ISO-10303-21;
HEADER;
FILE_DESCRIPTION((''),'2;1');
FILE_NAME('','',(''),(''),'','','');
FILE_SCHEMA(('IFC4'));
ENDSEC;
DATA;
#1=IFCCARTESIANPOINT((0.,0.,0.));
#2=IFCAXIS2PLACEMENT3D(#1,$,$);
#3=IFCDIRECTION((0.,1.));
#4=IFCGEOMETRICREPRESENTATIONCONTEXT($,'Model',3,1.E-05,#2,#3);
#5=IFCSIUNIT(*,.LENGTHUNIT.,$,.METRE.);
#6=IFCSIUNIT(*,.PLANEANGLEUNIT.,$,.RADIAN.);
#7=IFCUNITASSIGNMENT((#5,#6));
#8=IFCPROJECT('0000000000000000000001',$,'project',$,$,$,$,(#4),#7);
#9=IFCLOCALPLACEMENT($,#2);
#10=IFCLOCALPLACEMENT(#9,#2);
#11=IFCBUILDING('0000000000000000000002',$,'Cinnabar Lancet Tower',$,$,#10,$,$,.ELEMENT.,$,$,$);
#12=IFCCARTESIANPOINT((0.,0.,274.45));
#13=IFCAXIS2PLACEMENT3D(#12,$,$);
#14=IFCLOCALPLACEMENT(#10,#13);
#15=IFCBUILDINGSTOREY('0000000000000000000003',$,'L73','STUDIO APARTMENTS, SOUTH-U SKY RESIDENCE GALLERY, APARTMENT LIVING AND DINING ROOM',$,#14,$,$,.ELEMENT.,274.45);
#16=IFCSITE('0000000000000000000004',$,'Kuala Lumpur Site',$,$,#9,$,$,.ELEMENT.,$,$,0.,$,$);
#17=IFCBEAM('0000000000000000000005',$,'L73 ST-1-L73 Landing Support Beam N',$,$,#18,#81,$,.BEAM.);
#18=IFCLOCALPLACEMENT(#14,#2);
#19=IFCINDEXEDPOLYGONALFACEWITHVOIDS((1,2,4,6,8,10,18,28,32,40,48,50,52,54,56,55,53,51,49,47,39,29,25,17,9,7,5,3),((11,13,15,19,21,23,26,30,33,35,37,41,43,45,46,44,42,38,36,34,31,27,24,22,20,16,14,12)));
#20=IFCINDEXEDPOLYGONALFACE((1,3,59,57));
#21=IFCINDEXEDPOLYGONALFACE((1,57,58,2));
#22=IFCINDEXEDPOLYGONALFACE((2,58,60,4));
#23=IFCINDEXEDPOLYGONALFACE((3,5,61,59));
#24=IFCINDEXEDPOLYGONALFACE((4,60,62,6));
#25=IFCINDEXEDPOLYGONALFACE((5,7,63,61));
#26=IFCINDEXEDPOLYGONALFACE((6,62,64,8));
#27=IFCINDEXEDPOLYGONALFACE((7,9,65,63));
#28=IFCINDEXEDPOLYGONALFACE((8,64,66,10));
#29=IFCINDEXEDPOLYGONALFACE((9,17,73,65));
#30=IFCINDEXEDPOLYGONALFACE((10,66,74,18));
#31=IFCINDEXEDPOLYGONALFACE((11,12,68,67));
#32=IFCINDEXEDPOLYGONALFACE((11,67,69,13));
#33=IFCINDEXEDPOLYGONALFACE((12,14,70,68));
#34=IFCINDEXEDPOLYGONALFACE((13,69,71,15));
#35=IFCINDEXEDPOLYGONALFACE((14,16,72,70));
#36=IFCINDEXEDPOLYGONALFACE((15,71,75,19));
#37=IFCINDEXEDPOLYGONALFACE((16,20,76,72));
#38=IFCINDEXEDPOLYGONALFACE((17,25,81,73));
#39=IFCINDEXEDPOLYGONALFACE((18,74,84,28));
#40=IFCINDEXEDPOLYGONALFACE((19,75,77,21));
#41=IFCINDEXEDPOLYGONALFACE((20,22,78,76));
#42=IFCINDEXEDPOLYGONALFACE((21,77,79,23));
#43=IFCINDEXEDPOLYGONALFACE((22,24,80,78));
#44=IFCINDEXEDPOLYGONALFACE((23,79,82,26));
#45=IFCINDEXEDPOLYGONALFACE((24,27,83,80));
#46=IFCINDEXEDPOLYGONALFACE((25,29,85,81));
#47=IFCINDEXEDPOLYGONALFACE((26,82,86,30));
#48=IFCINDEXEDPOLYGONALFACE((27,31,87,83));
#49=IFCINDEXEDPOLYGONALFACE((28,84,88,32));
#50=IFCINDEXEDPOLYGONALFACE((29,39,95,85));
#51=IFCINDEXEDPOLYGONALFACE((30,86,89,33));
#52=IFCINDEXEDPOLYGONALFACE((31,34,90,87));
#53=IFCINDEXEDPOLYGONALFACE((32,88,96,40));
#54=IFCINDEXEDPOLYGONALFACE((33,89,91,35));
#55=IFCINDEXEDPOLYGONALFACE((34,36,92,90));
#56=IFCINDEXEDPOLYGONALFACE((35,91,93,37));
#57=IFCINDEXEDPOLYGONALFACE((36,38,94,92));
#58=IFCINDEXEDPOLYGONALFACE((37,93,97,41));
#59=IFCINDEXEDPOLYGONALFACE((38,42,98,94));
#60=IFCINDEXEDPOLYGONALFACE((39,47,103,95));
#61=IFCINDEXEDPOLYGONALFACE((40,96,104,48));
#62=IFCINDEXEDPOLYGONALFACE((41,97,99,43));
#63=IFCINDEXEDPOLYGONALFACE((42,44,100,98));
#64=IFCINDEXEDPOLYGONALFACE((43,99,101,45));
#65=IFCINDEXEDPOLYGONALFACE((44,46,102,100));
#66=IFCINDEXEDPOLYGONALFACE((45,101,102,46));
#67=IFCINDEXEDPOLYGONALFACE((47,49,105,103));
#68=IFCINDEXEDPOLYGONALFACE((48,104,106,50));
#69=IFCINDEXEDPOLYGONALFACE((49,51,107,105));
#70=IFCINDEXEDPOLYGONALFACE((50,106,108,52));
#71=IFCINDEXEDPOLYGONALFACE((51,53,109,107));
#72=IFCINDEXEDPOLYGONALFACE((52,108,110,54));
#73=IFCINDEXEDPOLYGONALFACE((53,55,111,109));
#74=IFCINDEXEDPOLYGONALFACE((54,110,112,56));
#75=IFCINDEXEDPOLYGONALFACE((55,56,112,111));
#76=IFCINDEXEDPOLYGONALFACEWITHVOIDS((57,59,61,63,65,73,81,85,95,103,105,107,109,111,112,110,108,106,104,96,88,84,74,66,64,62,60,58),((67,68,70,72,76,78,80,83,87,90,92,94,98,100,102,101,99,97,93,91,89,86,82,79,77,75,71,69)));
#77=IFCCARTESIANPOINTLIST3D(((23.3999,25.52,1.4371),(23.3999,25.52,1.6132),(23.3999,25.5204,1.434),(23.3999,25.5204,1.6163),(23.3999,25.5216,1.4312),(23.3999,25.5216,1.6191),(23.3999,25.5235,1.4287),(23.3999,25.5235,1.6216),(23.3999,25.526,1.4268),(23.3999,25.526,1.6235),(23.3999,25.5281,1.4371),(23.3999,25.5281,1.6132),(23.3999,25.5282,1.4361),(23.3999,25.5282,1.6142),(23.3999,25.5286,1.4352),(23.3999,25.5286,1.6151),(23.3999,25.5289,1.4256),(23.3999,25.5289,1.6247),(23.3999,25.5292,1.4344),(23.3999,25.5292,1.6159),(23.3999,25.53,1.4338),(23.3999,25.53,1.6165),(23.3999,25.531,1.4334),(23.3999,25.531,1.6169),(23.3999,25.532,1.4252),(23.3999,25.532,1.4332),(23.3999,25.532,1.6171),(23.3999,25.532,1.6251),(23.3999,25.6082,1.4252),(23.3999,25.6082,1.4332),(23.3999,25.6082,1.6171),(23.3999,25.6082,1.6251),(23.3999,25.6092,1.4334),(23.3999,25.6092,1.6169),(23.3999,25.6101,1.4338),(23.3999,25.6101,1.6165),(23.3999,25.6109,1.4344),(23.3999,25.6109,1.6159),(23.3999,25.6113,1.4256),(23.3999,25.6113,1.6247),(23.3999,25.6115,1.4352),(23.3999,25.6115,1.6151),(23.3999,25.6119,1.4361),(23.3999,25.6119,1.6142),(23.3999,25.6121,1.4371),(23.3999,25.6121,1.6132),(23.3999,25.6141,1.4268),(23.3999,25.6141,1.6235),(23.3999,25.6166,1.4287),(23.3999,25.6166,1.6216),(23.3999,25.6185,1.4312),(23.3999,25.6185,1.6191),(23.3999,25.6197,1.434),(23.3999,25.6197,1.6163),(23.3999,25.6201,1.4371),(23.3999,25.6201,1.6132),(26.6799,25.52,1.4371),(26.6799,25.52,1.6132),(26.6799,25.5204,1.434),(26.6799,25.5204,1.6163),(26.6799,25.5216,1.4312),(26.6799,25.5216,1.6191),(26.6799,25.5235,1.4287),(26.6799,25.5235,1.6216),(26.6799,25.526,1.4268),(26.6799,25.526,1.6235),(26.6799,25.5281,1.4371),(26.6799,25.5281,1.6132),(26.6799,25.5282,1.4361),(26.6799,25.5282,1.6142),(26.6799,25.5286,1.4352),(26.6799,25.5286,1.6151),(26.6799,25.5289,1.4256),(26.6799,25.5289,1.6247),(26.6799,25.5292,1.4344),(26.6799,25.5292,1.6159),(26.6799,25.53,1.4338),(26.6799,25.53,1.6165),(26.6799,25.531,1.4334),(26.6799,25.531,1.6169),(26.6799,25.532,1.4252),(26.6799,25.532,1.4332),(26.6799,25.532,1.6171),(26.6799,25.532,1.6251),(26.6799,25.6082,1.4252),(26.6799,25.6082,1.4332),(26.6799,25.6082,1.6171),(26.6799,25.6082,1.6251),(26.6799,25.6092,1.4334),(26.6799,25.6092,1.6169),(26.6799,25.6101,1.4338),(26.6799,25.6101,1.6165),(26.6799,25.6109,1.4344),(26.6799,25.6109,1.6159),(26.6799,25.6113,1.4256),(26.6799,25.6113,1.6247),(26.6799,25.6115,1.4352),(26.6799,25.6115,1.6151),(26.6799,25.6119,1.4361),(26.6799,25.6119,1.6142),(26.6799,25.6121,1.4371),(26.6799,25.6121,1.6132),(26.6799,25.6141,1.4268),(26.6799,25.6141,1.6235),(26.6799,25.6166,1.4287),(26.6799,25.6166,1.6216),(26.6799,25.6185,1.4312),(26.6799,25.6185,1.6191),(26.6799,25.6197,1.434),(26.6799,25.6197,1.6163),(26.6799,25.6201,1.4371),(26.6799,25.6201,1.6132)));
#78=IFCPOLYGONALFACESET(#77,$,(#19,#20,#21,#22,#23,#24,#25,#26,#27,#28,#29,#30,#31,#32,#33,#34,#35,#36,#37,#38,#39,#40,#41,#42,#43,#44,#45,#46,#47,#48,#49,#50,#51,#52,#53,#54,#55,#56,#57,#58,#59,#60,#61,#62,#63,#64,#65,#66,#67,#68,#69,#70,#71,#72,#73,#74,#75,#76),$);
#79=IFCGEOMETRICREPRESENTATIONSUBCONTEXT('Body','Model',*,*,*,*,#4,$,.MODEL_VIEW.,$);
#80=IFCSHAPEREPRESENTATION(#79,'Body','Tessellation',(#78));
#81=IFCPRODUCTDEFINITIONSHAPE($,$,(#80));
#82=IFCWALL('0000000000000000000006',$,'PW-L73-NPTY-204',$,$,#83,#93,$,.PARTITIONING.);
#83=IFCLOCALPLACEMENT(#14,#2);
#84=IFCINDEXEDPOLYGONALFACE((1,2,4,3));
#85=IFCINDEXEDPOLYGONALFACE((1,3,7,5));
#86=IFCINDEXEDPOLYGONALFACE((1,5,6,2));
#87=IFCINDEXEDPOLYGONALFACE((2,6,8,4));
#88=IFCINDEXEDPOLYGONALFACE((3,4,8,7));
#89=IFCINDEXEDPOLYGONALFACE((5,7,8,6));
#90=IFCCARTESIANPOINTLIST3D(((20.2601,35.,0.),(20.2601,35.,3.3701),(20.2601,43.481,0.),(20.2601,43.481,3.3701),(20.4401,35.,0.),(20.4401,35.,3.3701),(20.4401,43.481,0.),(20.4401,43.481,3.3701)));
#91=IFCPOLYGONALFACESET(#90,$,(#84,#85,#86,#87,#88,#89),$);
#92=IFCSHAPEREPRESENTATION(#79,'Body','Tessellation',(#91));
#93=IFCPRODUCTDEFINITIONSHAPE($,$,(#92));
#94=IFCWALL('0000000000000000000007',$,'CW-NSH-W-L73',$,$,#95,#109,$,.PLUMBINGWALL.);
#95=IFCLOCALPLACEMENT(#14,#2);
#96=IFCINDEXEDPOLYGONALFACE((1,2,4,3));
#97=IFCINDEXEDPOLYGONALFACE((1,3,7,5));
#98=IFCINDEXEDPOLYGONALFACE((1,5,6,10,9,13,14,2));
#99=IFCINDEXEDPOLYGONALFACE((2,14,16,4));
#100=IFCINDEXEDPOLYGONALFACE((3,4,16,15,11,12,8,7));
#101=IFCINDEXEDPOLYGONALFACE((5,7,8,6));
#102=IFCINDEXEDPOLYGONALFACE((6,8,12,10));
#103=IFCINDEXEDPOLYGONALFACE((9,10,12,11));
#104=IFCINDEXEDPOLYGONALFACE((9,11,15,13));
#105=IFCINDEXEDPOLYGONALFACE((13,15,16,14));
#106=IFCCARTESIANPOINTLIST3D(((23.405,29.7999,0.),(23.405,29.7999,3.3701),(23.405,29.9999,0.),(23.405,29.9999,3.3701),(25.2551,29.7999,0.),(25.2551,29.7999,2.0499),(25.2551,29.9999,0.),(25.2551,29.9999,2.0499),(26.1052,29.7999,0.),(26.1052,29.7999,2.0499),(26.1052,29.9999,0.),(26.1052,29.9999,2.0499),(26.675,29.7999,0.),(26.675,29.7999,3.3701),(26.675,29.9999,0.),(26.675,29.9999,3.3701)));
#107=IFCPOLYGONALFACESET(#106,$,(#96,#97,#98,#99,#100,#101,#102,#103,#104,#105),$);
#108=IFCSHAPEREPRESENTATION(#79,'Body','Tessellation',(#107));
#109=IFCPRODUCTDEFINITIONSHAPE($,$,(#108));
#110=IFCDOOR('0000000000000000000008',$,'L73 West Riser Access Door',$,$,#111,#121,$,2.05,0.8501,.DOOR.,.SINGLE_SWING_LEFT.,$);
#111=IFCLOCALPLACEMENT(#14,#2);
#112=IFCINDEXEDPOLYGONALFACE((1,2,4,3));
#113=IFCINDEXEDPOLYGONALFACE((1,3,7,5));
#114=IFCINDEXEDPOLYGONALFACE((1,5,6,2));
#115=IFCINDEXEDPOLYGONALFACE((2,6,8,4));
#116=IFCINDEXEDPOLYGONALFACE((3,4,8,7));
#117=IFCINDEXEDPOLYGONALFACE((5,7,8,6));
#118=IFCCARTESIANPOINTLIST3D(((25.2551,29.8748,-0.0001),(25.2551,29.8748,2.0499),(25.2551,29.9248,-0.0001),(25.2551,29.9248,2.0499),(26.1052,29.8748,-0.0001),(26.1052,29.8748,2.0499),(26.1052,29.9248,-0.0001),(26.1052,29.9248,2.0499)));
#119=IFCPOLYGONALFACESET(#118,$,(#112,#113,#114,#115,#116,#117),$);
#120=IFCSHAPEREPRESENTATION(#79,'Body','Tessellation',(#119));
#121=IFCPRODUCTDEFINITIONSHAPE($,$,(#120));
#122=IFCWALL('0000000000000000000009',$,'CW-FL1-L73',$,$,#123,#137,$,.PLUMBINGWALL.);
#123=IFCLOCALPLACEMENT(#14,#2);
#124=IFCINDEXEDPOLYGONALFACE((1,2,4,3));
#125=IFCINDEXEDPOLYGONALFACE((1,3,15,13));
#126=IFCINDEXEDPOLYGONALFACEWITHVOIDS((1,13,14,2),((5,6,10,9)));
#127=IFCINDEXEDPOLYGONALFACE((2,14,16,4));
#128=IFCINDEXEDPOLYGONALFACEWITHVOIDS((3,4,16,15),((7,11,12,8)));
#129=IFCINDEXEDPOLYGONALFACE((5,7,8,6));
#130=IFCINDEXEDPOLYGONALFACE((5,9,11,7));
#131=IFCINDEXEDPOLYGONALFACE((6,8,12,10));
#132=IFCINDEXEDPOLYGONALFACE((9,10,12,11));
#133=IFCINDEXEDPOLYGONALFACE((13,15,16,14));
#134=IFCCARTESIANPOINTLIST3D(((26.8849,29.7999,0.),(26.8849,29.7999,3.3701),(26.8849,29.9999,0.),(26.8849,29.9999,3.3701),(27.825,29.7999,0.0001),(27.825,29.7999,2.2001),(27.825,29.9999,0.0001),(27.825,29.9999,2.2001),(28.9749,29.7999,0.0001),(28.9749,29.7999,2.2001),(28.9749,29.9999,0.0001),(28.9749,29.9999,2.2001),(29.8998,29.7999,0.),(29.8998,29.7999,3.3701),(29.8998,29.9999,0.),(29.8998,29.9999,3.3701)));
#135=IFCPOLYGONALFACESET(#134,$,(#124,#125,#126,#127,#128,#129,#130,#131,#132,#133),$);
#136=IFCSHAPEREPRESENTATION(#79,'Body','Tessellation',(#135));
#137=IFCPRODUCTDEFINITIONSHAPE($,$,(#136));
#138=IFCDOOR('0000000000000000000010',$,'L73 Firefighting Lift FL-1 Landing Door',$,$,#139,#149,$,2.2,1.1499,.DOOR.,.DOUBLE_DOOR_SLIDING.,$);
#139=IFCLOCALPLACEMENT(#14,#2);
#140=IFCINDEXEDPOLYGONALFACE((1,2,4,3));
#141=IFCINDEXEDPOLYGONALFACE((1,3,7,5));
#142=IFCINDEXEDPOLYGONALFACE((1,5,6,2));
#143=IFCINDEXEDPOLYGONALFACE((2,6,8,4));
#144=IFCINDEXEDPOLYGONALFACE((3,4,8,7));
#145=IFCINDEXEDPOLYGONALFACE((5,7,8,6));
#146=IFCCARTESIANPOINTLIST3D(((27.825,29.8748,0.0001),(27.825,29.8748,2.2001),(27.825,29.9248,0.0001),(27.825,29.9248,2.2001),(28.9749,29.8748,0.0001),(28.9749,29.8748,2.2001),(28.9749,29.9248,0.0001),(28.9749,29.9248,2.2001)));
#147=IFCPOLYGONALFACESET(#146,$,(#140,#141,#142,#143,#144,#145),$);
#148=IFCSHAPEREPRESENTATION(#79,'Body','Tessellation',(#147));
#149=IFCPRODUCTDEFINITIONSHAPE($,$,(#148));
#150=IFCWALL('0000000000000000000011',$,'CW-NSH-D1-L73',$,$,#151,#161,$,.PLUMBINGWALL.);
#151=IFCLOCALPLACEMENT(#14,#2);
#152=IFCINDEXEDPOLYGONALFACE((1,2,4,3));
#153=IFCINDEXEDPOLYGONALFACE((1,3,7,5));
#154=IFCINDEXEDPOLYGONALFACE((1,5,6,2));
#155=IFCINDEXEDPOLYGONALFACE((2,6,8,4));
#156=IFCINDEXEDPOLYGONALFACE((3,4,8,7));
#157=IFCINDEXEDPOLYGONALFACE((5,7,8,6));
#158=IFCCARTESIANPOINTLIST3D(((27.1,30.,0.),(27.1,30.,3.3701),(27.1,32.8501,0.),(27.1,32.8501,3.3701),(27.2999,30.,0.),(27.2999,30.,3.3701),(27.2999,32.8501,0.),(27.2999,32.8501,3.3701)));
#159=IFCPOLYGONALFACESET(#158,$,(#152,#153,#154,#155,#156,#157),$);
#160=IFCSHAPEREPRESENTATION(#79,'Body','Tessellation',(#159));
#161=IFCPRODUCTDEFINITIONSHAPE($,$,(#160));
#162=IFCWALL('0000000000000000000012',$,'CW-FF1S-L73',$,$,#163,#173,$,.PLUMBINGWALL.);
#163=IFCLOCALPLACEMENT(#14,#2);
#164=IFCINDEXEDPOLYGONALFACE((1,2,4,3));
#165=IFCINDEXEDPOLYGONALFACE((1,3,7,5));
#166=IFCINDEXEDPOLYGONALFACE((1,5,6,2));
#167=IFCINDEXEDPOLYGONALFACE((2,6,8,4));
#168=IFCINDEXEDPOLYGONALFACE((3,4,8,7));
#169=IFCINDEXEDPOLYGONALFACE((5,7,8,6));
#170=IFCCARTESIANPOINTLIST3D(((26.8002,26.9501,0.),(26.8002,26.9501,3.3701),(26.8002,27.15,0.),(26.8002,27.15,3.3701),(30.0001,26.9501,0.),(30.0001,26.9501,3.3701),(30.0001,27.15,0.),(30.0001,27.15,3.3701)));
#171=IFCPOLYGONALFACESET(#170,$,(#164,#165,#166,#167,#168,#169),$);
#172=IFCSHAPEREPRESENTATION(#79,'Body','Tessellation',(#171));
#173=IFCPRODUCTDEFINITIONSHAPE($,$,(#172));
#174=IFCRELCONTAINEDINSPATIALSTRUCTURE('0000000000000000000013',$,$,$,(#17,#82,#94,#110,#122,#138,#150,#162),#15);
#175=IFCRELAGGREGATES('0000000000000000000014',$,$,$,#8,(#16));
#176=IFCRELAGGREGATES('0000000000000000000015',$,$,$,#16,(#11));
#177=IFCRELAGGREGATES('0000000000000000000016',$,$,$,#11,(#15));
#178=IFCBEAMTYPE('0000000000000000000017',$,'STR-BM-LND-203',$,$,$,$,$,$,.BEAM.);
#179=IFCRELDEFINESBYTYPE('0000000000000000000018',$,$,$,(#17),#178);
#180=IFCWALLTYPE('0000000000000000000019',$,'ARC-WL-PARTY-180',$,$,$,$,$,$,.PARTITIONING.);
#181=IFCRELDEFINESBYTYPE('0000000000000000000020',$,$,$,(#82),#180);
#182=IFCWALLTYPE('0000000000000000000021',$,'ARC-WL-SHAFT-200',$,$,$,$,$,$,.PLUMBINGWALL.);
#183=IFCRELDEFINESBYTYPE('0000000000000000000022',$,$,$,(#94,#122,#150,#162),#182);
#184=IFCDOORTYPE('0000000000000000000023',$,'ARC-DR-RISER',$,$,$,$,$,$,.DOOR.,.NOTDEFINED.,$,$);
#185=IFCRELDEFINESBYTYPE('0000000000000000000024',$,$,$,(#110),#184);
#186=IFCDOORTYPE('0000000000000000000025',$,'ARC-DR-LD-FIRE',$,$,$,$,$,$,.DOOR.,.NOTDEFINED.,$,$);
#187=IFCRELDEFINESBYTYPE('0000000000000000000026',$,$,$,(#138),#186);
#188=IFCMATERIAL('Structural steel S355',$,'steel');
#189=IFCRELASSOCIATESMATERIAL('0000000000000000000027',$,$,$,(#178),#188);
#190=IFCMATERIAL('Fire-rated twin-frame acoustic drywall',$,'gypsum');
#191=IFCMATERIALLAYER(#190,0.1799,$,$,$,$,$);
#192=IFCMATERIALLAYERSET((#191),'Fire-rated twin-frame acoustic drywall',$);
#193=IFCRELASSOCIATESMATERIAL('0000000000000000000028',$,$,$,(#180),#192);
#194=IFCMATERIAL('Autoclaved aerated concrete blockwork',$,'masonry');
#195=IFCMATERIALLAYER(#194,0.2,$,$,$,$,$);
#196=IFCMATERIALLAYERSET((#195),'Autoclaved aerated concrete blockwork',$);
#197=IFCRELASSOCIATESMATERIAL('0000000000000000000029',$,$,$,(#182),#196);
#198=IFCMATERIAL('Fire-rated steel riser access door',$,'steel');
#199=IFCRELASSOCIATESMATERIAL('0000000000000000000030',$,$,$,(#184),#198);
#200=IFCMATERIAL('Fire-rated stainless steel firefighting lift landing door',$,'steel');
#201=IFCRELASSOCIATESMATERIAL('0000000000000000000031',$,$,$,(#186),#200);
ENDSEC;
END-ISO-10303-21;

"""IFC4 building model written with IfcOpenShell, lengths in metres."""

from ifc_helpers import new_model, si_unit, direction, frame, frame_2d, origin, origin_2d, place, context, subcontext, project, spatial, rectangle, hollow_rectangle, extrude, material, layer, layer_set, material_profile, profile_set, type_object, element, fill, save


model = new_model("IFC4")

# Units and contexts
model_context = context("Model", 3, precision=1e-05, world=origin(), true_north=direction((0.0, 1.0)))
body_context = subcontext(model_context, "Body", "Model", "MODEL_VIEW")
ifc_project = project(units=[si_unit("LENGTHUNIT", "METRE"), si_unit("PLANEANGLEUNIT", "RADIAN")], contexts=[model_context])

# Site, building, storey
site_placement = place(None, origin())
site = spatial("IfcSite", under=ifc_project, at=site_placement, Name="Kuala Lumpur Site", CompositionType="ELEMENT", RefElevation=0.0)
building_placement = place(site_placement, origin())
building = spatial("IfcBuilding", under=site, at=building_placement, Name="Cinnabar Lancet Tower", CompositionType="ELEMENT")
storey_placement = place(building_placement, frame((0.0, 0.0, 274.45)))
storey = spatial("IfcBuildingStorey", under=building, at=storey_placement, Name="L73", Description="STUDIO APARTMENTS, SOUTH-U SKY RESIDENCE GALLERY, APARTMENT LIVING AND DINING ROOM", CompositionType="ELEMENT", Elevation=274.45)

# Beam
ifc_material_1 = material(Name="Structural steel S355", Category="steel")
ifc_material_profile_1 = material_profile(ifc_material_1, hollow_rectangle(XDim=0.1001, YDim=0.2, WallThickness=0.0081, InnerFilletRadius=0.0039, OuterFilletRadius=0.012, at=origin_2d()), Name="RHS 200x100x8")
ifc_profile_set_1 = profile_set([ifc_material_profile_1], Name="Structural steel S355")
beam_type_1 = type_object("IfcBeamType", Name="STR-BM-LND-203", PredefinedType="BEAM", material=ifc_profile_set_1)
beam_1_placement = place(storey_placement, frame((23.3999, 25.5701, 1.5251), z_axis=(1.0, 0.0, 0.0), x_axis=(0.0, 1.0, 0.0)))
element("IfcBeam", 1, at=beam_1_placement, inside=storey, type_object=beam_type_1, Name="L73 ST-1-L73 Landing Support Beam N", PredefinedType="BEAM", context=body_context, shape_type="SweptSolid", body=[
    extrude(hollow_rectangle(XDim=0.1001, YDim=0.2, WallThickness=0.0081, InnerFilletRadius=0.0039, OuterFilletRadius=0.012, at=origin_2d()), origin(), (0.0, 0.0, 1.0), 3.28),
])

# Wall
ifc_material_2 = material(Name="Fire-rated twin-frame acoustic drywall", Category="gypsum")
ifc_layer_1 = layer(ifc_material_2, 0.1799)
ifc_layer_set_1 = layer_set([ifc_layer_1], Name="Fire-rated twin-frame acoustic drywall")
wall_type_1 = type_object("IfcWallType", Name="ARC-WL-PARTY-180", PredefinedType="PARTITIONING", material=ifc_layer_set_1)
wall_1_placement = place(storey_placement, frame((20.3501, 35.0, 0.0), z_axis=(0.0, 0.0, 1.0), x_axis=(0.0, 1.0, 0.0)))
element("IfcWall", 2, at=wall_1_placement, inside=storey, type_object=wall_type_1, Name="PW-L73-NPTY-204", PredefinedType="PARTITIONING", context=body_context, shape_type="SweptSolid", body=[
    extrude(rectangle(XDim=8.481, YDim=0.1799, at=frame_2d((4.2405, 0.0))), origin(), (0.0, 0.0, 1.0), 3.3701),
])

# Walls, openings, doors
ifc_material_3 = material(Name="Autoclaved aerated concrete blockwork", Category="masonry")
ifc_layer_2 = layer(ifc_material_3, 0.2)
ifc_layer_set_2 = layer_set([ifc_layer_2], Name="Autoclaved aerated concrete blockwork")
wall_type_2 = type_object("IfcWallType", Name="ARC-WL-SHAFT-200", PredefinedType="PLUMBINGWALL", material=ifc_layer_set_2)
wall_2_placement = place(storey_placement, frame((23.405, 29.8999, 0.0), z_axis=(0.0, 0.0, 1.0), x_axis=(1.0, 0.0, 0.0)))
wall_2 = element("IfcWall", 3, at=wall_2_placement, inside=storey, type_object=wall_type_2, Name="CW-NSH-W-L73", PredefinedType="PLUMBINGWALL", context=body_context, shape_type="SweptSolid", body=[
    extrude(rectangle(XDim=3.27, YDim=0.2, at=frame_2d((1.635, 0.0))), origin(), (0.0, 0.0, 1.0), 3.3701),
])
opening_1_placement = place(wall_2_placement, frame((1.8501, 0.0, 0.0)))
opening_1 = element("IfcOpeningElement", 4, at=opening_1_placement, cuts=wall_2, PredefinedType="OPENING", context=body_context, shape_type="SweptSolid", body=[
    extrude(rectangle(XDim=0.8501, YDim=2.05, at=frame_2d((0.425, 1.0249))), frame((0.0, 0.1099, 0.0), z_axis=(0.0, -1.0, 0.0), x_axis=(1.0, 0.0, 0.0)), (0.0, 0.0, 1.0), 0.22),
])
ifc_material_4 = material(Name="Fire-rated steel riser access door", Category="steel")
door_type_1 = type_object("IfcDoorType", Name="ARC-DR-RISER", OperationType="NOTDEFINED", PredefinedType="DOOR", material=ifc_material_4)
door_1_placement = place(opening_1_placement, origin())
door_1 = element("IfcDoor", 5, at=door_1_placement, inside=storey, type_object=door_type_1, Name="L73 West Riser Access Door", OperationType="SINGLE_SWING_LEFT", OverallHeight=2.05, OverallWidth=0.8501, PredefinedType="DOOR", context=body_context, shape_type="SweptSolid", body=[
    extrude(rectangle(XDim=0.8501, YDim=2.05, at=frame_2d((0.425, 1.0249))), frame((0.0, 0.0249, 0.0), z_axis=(0.0, -1.0, 0.0), x_axis=(1.0, 0.0, 0.0)), (0.0, 0.0, 1.0), 0.05),
])
fill(opening_1, door_1)
wall_3_placement = place(storey_placement, frame((26.885, 29.8999, 0.0), z_axis=(0.0, 0.0, 1.0), x_axis=(1.0, 0.0, 0.0)))
wall_3 = element("IfcWall", 6, at=wall_3_placement, inside=storey, type_object=wall_type_2, Name="CW-FL1-L73", PredefinedType="PLUMBINGWALL", context=body_context, shape_type="SweptSolid", body=[
    extrude(rectangle(XDim=3.0149, YDim=0.2, at=frame_2d((1.5073, 0.0))), origin(), (0.0, 0.0, 1.0), 3.3701),
])
opening_2_placement = place(wall_3_placement, frame((0.9399, 0.0, 0.0)))
opening_2 = element("IfcOpeningElement", 7, at=opening_2_placement, cuts=wall_3, PredefinedType="OPENING", context=body_context, shape_type="SweptSolid", body=[
    extrude(rectangle(XDim=1.1499, YDim=2.2, at=frame_2d((0.575, 1.1001))), frame((0.0, 0.1099, 0.0), z_axis=(0.0, -1.0, 0.0), x_axis=(1.0, 0.0, 0.0)), (0.0, 0.0, 1.0), 0.22),
])
ifc_material_5 = material(Name="Fire-rated stainless steel firefighting lift landing door", Category="steel")
door_type_2 = type_object("IfcDoorType", Name="ARC-DR-LD-FIRE", OperationType="NOTDEFINED", PredefinedType="DOOR", material=ifc_material_5)
door_2_placement = place(opening_2_placement, origin())
door_2 = element("IfcDoor", 8, at=door_2_placement, inside=storey, type_object=door_type_2, Name="L73 Firefighting Lift FL-1 Landing Door", OperationType="DOUBLE_DOOR_SLIDING", OverallHeight=2.2, OverallWidth=1.1499, PredefinedType="DOOR", context=body_context, shape_type="SweptSolid", body=[
    extrude(rectangle(XDim=1.1499, YDim=2.2, at=frame_2d((0.575, 1.1001))), frame((0.0, 0.0249, 0.0), z_axis=(0.0, -1.0, 0.0), x_axis=(1.0, 0.0, 0.0)), (0.0, 0.0, 1.0), 0.05),
])
fill(opening_2, door_2)

# Walls
wall_4_placement = place(storey_placement, frame((27.2, 30.0, 0.0), z_axis=(0.0, 0.0, 1.0), x_axis=(0.0, 1.0, 0.0)))
element("IfcWall", 9, at=wall_4_placement, inside=storey, type_object=wall_type_2, Name="CW-NSH-D1-L73", PredefinedType="PLUMBINGWALL", context=body_context, shape_type="SweptSolid", body=[
    extrude(rectangle(XDim=2.8501, YDim=0.2, at=frame_2d((1.425, 0.0))), origin(), (0.0, 0.0, 1.0), 3.3701),
])
wall_5_placement = place(storey_placement, frame((26.8, 27.05, 0.0), z_axis=(0.0, 0.0, 1.0), x_axis=(1.0, 0.0, 0.0)))
element("IfcWall", 10, at=wall_5_placement, inside=storey, type_object=wall_type_2, Name="CW-FF1S-L73", PredefinedType="PLUMBINGWALL", context=body_context, shape_type="SweptSolid", body=[
    extrude(rectangle(XDim=3.2, YDim=0.2, at=frame_2d((1.6001, 0.0))), origin(), (0.0, 0.0, 1.0), 3.3701),
])

save(model, "model.ifc")
